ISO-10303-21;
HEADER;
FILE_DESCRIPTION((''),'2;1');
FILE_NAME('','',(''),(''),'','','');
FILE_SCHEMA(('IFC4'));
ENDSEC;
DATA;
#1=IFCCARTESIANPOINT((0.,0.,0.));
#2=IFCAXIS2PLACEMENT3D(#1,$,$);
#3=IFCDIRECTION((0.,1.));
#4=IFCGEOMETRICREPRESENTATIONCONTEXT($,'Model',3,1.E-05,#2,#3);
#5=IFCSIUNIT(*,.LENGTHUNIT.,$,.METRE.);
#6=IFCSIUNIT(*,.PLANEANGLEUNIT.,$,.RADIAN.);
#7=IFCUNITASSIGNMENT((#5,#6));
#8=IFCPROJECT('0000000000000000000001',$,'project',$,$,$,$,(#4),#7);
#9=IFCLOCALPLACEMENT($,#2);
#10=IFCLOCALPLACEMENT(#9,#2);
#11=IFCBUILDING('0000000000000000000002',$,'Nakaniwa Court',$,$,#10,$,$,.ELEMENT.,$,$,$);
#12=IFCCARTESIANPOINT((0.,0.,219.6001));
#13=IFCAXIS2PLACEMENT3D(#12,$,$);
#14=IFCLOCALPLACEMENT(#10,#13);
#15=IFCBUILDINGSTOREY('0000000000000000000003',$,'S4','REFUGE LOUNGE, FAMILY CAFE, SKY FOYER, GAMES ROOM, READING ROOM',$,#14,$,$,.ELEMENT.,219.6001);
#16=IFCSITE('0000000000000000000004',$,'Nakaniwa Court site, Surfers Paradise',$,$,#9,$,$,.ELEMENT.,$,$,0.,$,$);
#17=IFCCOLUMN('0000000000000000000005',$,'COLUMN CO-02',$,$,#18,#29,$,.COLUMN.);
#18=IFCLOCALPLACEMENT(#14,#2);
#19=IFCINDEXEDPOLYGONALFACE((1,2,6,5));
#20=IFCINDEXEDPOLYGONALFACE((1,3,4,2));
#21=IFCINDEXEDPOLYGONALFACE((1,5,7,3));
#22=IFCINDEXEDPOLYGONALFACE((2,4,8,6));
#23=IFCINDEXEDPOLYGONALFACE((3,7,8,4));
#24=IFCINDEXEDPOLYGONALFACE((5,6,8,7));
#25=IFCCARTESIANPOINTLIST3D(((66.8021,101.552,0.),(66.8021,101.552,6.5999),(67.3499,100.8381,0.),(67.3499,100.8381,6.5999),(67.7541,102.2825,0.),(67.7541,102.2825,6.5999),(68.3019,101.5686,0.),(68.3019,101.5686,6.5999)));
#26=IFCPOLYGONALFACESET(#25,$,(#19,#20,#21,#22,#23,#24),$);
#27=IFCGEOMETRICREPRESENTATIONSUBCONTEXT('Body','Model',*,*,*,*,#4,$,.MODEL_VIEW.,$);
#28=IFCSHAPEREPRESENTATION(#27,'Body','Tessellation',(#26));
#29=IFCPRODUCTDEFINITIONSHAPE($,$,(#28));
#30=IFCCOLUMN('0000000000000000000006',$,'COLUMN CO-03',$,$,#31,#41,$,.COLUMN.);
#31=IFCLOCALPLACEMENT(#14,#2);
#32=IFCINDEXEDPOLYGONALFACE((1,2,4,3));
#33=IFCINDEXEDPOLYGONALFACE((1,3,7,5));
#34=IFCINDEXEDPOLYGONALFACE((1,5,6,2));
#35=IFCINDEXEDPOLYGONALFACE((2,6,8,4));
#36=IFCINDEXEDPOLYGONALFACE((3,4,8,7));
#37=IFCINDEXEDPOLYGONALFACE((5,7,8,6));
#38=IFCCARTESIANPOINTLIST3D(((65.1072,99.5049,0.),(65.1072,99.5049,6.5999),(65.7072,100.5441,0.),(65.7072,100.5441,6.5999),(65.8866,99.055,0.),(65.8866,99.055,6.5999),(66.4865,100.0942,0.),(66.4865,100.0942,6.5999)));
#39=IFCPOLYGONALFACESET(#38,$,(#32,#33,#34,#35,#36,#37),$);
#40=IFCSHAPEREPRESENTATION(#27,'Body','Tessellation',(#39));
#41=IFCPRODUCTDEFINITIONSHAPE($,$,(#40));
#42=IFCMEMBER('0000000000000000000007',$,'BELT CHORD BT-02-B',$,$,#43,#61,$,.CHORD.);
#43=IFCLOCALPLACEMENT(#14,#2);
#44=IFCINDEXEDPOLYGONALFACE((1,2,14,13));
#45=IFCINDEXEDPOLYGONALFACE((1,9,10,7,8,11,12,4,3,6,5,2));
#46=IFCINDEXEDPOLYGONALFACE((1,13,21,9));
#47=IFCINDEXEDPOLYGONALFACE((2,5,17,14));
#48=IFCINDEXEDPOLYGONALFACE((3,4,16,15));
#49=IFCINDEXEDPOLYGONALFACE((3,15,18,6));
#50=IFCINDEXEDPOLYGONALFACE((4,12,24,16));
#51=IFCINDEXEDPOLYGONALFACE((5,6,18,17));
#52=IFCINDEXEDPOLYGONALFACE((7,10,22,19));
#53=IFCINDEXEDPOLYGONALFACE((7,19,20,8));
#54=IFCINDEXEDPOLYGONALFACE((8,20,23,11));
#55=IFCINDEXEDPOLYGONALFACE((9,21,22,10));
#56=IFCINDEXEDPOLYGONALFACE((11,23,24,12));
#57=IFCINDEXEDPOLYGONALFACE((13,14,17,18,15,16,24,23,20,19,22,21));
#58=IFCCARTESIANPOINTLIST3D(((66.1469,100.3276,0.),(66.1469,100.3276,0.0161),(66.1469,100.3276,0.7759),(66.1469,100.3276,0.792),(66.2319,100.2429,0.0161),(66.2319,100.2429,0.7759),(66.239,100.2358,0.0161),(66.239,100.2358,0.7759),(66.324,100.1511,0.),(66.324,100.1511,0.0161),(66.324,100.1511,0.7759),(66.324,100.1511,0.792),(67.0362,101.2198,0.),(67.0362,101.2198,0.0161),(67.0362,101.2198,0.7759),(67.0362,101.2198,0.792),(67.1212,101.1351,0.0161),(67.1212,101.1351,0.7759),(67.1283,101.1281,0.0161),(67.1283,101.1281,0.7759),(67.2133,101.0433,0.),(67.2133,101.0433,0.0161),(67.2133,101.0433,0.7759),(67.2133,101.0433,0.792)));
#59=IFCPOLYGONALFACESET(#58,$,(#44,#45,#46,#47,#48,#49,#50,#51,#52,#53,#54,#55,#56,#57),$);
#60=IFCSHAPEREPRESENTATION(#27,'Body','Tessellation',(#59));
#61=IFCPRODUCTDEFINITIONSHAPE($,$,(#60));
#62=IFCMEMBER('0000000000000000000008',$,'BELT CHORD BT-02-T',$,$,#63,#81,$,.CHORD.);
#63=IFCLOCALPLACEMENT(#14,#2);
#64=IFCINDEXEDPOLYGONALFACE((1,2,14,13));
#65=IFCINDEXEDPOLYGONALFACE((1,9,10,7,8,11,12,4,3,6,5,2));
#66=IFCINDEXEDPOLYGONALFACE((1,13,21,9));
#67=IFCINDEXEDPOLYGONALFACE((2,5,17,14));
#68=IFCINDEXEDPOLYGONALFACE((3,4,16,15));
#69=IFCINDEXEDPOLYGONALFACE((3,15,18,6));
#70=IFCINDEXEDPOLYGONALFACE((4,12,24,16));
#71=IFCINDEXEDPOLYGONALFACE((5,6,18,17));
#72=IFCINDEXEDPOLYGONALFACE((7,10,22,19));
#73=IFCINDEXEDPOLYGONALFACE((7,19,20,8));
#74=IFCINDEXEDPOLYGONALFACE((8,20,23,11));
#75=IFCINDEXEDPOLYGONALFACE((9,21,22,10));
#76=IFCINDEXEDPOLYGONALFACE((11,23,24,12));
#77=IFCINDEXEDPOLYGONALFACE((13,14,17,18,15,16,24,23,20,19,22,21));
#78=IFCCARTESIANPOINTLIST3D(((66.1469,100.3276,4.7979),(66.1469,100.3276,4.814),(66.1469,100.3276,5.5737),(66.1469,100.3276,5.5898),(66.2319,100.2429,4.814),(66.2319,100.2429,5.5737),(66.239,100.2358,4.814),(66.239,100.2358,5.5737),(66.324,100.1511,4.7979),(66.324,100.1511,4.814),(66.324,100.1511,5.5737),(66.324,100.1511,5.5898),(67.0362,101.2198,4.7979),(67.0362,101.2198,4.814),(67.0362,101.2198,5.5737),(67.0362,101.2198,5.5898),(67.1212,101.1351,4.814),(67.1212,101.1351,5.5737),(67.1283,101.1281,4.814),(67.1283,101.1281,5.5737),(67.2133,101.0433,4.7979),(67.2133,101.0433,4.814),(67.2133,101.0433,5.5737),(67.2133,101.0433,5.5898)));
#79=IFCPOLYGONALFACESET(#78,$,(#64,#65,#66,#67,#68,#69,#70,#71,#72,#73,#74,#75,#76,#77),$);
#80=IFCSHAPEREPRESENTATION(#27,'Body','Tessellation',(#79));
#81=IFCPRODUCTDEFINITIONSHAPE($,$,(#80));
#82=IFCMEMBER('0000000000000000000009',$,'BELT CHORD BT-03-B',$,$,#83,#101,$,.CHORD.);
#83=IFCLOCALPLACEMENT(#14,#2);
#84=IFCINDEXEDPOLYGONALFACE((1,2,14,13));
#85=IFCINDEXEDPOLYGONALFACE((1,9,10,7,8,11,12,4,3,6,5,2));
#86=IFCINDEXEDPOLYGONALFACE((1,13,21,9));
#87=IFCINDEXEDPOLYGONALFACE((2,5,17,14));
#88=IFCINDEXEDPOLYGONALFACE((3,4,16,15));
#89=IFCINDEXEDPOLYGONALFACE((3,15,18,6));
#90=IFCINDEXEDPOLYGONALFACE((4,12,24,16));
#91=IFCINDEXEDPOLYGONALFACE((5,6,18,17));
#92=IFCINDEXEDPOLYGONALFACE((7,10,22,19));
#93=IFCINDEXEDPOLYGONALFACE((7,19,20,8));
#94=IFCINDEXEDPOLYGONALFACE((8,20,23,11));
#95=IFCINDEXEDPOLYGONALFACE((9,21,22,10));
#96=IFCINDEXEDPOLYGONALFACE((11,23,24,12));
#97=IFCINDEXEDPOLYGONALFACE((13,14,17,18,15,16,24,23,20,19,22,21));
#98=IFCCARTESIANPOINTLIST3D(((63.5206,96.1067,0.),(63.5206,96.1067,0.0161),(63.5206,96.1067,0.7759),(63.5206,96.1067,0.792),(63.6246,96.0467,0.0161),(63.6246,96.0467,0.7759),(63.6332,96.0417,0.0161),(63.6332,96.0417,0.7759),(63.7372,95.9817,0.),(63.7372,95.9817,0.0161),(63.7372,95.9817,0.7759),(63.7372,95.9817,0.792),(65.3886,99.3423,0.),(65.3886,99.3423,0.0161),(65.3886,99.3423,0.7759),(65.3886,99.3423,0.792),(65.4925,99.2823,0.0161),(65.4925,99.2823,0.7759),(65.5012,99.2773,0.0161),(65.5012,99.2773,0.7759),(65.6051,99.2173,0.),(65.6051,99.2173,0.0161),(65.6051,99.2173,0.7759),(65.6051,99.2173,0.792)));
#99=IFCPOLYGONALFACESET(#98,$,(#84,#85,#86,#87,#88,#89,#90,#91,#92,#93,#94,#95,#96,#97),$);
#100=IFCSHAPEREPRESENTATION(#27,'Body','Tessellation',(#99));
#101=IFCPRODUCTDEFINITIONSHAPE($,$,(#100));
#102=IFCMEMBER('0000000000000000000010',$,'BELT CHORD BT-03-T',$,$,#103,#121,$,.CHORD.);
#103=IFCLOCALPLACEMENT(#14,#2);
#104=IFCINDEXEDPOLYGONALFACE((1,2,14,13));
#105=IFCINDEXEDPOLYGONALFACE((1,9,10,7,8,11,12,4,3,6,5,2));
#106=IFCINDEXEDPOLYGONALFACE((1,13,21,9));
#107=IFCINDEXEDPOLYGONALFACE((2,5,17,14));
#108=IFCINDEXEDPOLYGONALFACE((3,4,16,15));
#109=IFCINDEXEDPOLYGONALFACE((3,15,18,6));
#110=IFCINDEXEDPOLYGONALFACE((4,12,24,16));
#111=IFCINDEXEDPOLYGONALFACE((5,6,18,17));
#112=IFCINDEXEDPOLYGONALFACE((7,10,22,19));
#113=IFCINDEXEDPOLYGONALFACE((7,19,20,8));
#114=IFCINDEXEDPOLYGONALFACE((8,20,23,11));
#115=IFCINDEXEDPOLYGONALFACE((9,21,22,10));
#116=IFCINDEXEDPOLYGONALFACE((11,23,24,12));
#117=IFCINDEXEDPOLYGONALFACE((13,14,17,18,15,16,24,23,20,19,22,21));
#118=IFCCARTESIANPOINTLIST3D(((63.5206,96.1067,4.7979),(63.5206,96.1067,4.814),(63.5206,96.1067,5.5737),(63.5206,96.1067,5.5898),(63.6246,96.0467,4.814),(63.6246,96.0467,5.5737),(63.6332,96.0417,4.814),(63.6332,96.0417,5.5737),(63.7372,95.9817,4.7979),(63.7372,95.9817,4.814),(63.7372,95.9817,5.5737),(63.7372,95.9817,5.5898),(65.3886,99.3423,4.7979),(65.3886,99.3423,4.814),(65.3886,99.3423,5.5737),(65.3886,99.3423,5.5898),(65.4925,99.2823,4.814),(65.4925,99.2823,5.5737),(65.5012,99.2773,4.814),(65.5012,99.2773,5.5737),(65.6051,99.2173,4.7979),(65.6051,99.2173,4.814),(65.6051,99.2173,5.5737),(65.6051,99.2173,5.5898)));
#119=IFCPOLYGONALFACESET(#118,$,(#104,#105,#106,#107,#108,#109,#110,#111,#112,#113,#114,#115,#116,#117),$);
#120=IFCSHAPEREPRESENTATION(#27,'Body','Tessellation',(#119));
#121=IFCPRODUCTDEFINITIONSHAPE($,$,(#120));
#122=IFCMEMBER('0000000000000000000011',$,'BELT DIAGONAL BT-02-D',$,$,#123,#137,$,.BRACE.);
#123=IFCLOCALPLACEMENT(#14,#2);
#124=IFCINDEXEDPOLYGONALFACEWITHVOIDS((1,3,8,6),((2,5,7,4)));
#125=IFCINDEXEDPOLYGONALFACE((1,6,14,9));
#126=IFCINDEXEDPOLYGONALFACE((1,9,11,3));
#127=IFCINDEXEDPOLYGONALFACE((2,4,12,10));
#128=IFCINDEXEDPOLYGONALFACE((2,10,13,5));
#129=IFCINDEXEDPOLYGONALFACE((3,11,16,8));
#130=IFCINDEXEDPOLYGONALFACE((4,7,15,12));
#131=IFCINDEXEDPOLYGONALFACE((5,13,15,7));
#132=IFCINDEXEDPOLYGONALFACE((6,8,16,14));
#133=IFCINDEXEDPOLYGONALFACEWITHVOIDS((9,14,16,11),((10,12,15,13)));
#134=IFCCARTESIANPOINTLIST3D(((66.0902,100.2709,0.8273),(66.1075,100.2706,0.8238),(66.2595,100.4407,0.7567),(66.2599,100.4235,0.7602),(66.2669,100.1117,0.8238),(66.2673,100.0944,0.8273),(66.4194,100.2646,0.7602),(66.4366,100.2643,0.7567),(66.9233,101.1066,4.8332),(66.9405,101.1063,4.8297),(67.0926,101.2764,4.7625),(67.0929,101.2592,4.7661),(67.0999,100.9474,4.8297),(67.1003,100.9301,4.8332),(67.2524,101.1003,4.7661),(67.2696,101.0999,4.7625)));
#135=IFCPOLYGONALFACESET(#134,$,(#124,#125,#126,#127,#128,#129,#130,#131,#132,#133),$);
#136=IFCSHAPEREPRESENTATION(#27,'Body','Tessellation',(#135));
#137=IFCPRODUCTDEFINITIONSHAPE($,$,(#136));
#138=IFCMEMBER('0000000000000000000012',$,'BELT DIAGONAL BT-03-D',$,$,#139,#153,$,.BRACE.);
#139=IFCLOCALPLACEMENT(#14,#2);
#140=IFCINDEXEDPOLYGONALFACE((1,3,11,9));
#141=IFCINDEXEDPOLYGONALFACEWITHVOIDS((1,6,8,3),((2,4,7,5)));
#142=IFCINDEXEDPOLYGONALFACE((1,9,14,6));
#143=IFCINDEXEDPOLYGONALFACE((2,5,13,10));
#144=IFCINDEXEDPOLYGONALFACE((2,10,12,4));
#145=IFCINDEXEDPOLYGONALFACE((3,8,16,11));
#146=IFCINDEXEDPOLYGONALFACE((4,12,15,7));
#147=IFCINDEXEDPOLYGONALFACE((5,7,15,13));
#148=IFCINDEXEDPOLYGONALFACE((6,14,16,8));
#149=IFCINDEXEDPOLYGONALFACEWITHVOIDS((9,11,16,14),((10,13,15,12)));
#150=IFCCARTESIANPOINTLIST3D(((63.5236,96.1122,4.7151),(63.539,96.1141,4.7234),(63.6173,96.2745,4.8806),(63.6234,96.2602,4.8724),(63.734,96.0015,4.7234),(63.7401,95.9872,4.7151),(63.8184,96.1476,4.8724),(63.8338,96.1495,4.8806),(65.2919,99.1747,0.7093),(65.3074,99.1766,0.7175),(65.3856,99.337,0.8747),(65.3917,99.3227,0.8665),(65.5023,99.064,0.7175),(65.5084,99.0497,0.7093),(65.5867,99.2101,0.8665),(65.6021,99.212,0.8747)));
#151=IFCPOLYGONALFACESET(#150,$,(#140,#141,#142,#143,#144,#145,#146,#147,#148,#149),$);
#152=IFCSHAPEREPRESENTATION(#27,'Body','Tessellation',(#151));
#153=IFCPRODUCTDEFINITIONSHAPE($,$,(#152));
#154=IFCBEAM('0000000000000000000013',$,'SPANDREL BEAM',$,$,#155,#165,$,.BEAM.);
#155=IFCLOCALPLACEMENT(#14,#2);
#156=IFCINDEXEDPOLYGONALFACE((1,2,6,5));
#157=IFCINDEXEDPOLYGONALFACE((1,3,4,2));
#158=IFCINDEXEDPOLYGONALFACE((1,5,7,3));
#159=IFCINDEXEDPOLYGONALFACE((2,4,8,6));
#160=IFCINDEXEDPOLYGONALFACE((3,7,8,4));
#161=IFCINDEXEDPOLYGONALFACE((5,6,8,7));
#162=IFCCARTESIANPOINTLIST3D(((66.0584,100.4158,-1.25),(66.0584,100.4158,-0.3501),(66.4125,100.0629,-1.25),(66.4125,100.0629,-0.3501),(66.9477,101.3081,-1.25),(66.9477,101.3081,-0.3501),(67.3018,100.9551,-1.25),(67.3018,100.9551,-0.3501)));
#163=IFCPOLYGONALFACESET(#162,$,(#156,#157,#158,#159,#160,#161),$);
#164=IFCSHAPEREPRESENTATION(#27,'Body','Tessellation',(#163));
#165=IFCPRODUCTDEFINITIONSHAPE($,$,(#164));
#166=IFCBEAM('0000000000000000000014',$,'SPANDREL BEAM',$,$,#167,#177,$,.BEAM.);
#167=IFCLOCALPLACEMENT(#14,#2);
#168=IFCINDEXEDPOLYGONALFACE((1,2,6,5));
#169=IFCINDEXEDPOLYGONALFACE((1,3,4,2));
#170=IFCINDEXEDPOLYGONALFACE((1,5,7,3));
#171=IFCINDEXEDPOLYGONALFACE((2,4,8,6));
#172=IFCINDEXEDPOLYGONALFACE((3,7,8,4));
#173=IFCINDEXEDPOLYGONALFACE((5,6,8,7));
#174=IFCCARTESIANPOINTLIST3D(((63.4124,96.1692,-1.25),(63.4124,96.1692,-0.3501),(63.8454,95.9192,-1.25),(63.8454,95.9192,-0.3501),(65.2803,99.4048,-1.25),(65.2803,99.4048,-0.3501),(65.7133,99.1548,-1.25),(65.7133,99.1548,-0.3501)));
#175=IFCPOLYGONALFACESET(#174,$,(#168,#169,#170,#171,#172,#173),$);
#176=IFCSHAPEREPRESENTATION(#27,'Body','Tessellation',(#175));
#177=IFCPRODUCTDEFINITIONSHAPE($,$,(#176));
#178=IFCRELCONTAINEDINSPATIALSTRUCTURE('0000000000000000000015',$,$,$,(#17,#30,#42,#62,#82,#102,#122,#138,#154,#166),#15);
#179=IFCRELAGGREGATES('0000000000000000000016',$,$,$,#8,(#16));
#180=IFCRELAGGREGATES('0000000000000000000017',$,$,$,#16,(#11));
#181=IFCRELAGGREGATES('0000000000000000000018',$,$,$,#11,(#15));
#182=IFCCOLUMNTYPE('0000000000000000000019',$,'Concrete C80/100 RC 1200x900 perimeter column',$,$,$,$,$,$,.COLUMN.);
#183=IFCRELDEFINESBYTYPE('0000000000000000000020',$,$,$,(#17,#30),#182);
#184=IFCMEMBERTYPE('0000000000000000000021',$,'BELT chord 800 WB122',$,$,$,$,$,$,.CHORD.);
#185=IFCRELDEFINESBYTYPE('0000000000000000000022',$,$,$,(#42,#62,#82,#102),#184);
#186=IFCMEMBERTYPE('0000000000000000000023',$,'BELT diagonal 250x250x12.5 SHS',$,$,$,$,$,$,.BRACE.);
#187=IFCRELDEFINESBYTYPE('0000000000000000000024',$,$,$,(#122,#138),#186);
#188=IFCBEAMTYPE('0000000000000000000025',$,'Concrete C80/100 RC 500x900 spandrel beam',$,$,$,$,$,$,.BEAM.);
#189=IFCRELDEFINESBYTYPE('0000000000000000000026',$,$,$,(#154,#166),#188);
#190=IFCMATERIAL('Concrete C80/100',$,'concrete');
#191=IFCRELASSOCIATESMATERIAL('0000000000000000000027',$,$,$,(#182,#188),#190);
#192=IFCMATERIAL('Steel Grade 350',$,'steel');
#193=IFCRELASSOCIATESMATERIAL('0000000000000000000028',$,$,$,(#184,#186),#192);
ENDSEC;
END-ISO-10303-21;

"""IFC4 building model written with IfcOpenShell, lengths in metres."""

from ifc_helpers import new_model, si_unit, direction, frame, origin, origin_2d, place, context, subcontext, project, spatial, rectangle, hollow_rectangle, i_section, extrude, material, material_profile, profile_set, type_object, element, save


model = new_model("IFC4")

# Units and contexts
model_context = context("Model", 3, precision=1e-05, world=origin(), true_north=direction((0.0, 1.0)))
body_context = subcontext(model_context, "Body", "Model", "MODEL_VIEW")
ifc_project = project(units=[si_unit("LENGTHUNIT", "METRE"), si_unit("PLANEANGLEUNIT", "RADIAN")], contexts=[model_context])

# Site, building, storey
site_placement = place(None, origin())
site = spatial("IfcSite", under=ifc_project, at=site_placement, Name="Nakaniwa Court site, Surfers Paradise", CompositionType="ELEMENT", RefElevation=0.0)
building_placement = place(site_placement, origin())
building = spatial("IfcBuilding", under=site, at=building_placement, Name="Nakaniwa Court", CompositionType="ELEMENT")
storey_placement = place(building_placement, frame((0.0, 0.0, 219.6001)))
storey = spatial("IfcBuildingStorey", under=building, at=storey_placement, Name="S4", Description="REFUGE LOUNGE, FAMILY CAFE, SKY FOYER, GAMES ROOM, READING ROOM", CompositionType="ELEMENT", Elevation=219.6001)

# Columns
ifc_material_1 = material(Name="Concrete C80/100", Category="concrete")
ifc_material_profile_1 = material_profile(ifc_material_1, rectangle(XDim=1.2, YDim=0.8999, at=origin_2d()), Name="Concrete C80/100 RC 1200x900 perimeter column")
ifc_profile_set_1 = profile_set([ifc_material_profile_1], Name="Concrete C80/100")
column_type = type_object("IfcColumnType", Name="Concrete C80/100 RC 1200x900 perimeter column", PredefinedType="COLUMN", material=ifc_profile_set_1)
for number, where, z_axis, x_axis, name in (
    (1, (67.552, 101.5603, 0.0), (0.0, 0.0, 1.0), (-0.793364, -0.608748, 0.0), "COLUMN CO-02"),
    (2, (65.7969, 99.7996, 0.0), (0.0, 0.0, 1.0), (-0.5, -0.866025, 0.0), "COLUMN CO-03"),
):
    element("IfcColumn", number, at=place(storey_placement, frame(where, z_axis=z_axis, x_axis=x_axis)), inside=storey, type_object=column_type, Name=name, PredefinedType="COLUMN", context=body_context, shape_type="SweptSolid", body=[
        extrude(rectangle(XDim=1.2, YDim=0.8999, at=origin_2d()), origin(), (0.0, 0.0, 1.0), 6.5999),
    ])

# Members
ifc_material_2 = material(Name="Steel Grade 350", Category="steel")
ifc_material_profile_2 = material_profile(ifc_material_2, i_section(OverallWidth=0.25, OverallDepth=0.792, WebThickness=0.01, FlangeThickness=0.0161, at=origin_2d()), Name="800WB122")
ifc_profile_set_2 = profile_set([ifc_material_profile_2], Name="Steel Grade 350")
member_type_1 = type_object("IfcMemberType", Name="BELT chord 800 WB122", PredefinedType="CHORD", material=ifc_profile_set_2)
for number, where, z_axis, x_axis, name in (
    (3, (67.1248, 101.1316, 0.396), (-0.705943, -0.708269, 0.0), (0.708269, -0.705943, 0.0), "BELT CHORD BT-02-B"),
    (4, (67.1248, 101.1316, 5.1938), (-0.705943, -0.708269, 0.0), (0.708269, -0.705943, 0.0), "BELT CHORD BT-02-T"),
):
    element("IfcMember", number, at=place(storey_placement, frame(where, z_axis=z_axis, x_axis=x_axis)), inside=storey, type_object=member_type_1, Name=name, PredefinedType="CHORD", context=body_context, shape_type="SweptSolid", body=[
        extrude(i_section(OverallWidth=0.25, OverallDepth=0.792, WebThickness=0.01, FlangeThickness=0.0161, at=origin_2d()), origin(), (0.0, 0.0, 1.0), 1.2598),
    ])
for number, where, z_axis, x_axis, name in (
    (5, (65.4968, 99.2798, 0.396), (-0.499969, -0.866043, 0.0), (0.866043, -0.499969, 0.0), "BELT CHORD BT-03-B"),
    (6, (65.4968, 99.2798, 5.1938), (-0.499969, -0.866043, 0.0), (0.866043, -0.499969, 0.0), "BELT CHORD BT-03-T"),
):
    element("IfcMember", number, at=place(storey_placement, frame(where, z_axis=z_axis, x_axis=x_axis)), inside=storey, type_object=member_type_1, Name=name, PredefinedType="CHORD", context=body_context, shape_type="SweptSolid", body=[
        extrude(i_section(OverallWidth=0.25, OverallDepth=0.792, WebThickness=0.01, FlangeThickness=0.0161, at=origin_2d()), origin(), (0.0, 0.0, 1.0), 3.7361),
    ])
ifc_material_profile_3 = material_profile(ifc_material_2, hollow_rectangle(XDim=0.25, YDim=0.25, WallThickness=0.0125, at=origin_2d()), Name="BELT diagonal 250x250x12.5 SHS")
ifc_profile_set_3 = profile_set([ifc_material_profile_3], Name="Steel Grade 350")
member_type_2 = type_object("IfcMemberType", Name="BELT diagonal 250x250x12.5 SHS", PredefinedType="BRACE", material=ifc_profile_set_3)
member_1_placement = place(storey_placement, frame((67.0964, 101.1033, 4.7979), z_axis=(-0.199474, -0.200117, -0.959251), x_axis=(0.708244, -0.705968, 0.0)))
element("IfcMember", 7, at=member_1_placement, inside=storey, type_object=member_type_2, Name="BELT DIAGONAL BT-02-D", PredefinedType="BRACE", context=body_context, shape_type="SweptSolid", body=[
    extrude(hollow_rectangle(XDim=0.25, YDim=0.25, WallThickness=0.0125, at=origin_2d()), origin(), (0.0, 0.0, 1.0), 4.176),
])
member_2_placement = place(storey_placement, frame((65.447, 99.1934, 0.792), z_axis=(-0.330929, -0.573129, 0.749673), x_axis=(0.866004, -0.500037, 0.0)))
element("IfcMember", 8, at=member_2_placement, inside=storey, type_object=member_type_2, Name="BELT DIAGONAL BT-03-D", PredefinedType="BRACE", context=body_context, shape_type="SweptSolid", body=[
    extrude(hollow_rectangle(XDim=0.25, YDim=0.25, WallThickness=0.0125, at=origin_2d()), origin(), (0.0, 0.0, 1.0), 5.3435),
])

# Beams
ifc_material_profile_4 = material_profile(ifc_material_1, rectangle(XDim=0.5, YDim=0.8999, at=origin_2d()), Name="Concrete C80/100 RC 500x900 spandrel beam")
ifc_profile_set_4 = profile_set([ifc_material_profile_4], Name="Concrete C80/100")
beam_type = type_object("IfcBeamType", Name="Concrete C80/100 RC 500x900 spandrel beam", PredefinedType="BEAM", material=ifc_profile_set_4)
beam_1_placement = place(storey_placement, frame((67.1248, 101.1316, -0.8), z_axis=(-0.705943, -0.708269, 0.0), x_axis=(0.708269, -0.705943, 0.0)))
element("IfcBeam", 9, at=beam_1_placement, inside=storey, type_object=beam_type, Name="SPANDREL BEAM", PredefinedType="BEAM", context=body_context, shape_type="SweptSolid", body=[
    extrude(rectangle(XDim=0.5, YDim=0.8999, at=origin_2d()), origin(), (0.0, 0.0, 1.0), 1.2598),
])
beam_2_placement = place(storey_placement, frame((65.4968, 99.2798, -0.8), z_axis=(-0.499969, -0.866043, 0.0), x_axis=(0.866043, -0.499969, 0.0)))
element("IfcBeam", 10, at=beam_2_placement, inside=storey, type_object=beam_type, Name="SPANDREL BEAM", PredefinedType="BEAM", context=body_context, shape_type="SweptSolid", body=[
    extrude(rectangle(XDim=0.5, YDim=0.8999, at=origin_2d()), origin(), (0.0, 0.0, 1.0), 3.7361),
])

save(model, "model.ifc")
